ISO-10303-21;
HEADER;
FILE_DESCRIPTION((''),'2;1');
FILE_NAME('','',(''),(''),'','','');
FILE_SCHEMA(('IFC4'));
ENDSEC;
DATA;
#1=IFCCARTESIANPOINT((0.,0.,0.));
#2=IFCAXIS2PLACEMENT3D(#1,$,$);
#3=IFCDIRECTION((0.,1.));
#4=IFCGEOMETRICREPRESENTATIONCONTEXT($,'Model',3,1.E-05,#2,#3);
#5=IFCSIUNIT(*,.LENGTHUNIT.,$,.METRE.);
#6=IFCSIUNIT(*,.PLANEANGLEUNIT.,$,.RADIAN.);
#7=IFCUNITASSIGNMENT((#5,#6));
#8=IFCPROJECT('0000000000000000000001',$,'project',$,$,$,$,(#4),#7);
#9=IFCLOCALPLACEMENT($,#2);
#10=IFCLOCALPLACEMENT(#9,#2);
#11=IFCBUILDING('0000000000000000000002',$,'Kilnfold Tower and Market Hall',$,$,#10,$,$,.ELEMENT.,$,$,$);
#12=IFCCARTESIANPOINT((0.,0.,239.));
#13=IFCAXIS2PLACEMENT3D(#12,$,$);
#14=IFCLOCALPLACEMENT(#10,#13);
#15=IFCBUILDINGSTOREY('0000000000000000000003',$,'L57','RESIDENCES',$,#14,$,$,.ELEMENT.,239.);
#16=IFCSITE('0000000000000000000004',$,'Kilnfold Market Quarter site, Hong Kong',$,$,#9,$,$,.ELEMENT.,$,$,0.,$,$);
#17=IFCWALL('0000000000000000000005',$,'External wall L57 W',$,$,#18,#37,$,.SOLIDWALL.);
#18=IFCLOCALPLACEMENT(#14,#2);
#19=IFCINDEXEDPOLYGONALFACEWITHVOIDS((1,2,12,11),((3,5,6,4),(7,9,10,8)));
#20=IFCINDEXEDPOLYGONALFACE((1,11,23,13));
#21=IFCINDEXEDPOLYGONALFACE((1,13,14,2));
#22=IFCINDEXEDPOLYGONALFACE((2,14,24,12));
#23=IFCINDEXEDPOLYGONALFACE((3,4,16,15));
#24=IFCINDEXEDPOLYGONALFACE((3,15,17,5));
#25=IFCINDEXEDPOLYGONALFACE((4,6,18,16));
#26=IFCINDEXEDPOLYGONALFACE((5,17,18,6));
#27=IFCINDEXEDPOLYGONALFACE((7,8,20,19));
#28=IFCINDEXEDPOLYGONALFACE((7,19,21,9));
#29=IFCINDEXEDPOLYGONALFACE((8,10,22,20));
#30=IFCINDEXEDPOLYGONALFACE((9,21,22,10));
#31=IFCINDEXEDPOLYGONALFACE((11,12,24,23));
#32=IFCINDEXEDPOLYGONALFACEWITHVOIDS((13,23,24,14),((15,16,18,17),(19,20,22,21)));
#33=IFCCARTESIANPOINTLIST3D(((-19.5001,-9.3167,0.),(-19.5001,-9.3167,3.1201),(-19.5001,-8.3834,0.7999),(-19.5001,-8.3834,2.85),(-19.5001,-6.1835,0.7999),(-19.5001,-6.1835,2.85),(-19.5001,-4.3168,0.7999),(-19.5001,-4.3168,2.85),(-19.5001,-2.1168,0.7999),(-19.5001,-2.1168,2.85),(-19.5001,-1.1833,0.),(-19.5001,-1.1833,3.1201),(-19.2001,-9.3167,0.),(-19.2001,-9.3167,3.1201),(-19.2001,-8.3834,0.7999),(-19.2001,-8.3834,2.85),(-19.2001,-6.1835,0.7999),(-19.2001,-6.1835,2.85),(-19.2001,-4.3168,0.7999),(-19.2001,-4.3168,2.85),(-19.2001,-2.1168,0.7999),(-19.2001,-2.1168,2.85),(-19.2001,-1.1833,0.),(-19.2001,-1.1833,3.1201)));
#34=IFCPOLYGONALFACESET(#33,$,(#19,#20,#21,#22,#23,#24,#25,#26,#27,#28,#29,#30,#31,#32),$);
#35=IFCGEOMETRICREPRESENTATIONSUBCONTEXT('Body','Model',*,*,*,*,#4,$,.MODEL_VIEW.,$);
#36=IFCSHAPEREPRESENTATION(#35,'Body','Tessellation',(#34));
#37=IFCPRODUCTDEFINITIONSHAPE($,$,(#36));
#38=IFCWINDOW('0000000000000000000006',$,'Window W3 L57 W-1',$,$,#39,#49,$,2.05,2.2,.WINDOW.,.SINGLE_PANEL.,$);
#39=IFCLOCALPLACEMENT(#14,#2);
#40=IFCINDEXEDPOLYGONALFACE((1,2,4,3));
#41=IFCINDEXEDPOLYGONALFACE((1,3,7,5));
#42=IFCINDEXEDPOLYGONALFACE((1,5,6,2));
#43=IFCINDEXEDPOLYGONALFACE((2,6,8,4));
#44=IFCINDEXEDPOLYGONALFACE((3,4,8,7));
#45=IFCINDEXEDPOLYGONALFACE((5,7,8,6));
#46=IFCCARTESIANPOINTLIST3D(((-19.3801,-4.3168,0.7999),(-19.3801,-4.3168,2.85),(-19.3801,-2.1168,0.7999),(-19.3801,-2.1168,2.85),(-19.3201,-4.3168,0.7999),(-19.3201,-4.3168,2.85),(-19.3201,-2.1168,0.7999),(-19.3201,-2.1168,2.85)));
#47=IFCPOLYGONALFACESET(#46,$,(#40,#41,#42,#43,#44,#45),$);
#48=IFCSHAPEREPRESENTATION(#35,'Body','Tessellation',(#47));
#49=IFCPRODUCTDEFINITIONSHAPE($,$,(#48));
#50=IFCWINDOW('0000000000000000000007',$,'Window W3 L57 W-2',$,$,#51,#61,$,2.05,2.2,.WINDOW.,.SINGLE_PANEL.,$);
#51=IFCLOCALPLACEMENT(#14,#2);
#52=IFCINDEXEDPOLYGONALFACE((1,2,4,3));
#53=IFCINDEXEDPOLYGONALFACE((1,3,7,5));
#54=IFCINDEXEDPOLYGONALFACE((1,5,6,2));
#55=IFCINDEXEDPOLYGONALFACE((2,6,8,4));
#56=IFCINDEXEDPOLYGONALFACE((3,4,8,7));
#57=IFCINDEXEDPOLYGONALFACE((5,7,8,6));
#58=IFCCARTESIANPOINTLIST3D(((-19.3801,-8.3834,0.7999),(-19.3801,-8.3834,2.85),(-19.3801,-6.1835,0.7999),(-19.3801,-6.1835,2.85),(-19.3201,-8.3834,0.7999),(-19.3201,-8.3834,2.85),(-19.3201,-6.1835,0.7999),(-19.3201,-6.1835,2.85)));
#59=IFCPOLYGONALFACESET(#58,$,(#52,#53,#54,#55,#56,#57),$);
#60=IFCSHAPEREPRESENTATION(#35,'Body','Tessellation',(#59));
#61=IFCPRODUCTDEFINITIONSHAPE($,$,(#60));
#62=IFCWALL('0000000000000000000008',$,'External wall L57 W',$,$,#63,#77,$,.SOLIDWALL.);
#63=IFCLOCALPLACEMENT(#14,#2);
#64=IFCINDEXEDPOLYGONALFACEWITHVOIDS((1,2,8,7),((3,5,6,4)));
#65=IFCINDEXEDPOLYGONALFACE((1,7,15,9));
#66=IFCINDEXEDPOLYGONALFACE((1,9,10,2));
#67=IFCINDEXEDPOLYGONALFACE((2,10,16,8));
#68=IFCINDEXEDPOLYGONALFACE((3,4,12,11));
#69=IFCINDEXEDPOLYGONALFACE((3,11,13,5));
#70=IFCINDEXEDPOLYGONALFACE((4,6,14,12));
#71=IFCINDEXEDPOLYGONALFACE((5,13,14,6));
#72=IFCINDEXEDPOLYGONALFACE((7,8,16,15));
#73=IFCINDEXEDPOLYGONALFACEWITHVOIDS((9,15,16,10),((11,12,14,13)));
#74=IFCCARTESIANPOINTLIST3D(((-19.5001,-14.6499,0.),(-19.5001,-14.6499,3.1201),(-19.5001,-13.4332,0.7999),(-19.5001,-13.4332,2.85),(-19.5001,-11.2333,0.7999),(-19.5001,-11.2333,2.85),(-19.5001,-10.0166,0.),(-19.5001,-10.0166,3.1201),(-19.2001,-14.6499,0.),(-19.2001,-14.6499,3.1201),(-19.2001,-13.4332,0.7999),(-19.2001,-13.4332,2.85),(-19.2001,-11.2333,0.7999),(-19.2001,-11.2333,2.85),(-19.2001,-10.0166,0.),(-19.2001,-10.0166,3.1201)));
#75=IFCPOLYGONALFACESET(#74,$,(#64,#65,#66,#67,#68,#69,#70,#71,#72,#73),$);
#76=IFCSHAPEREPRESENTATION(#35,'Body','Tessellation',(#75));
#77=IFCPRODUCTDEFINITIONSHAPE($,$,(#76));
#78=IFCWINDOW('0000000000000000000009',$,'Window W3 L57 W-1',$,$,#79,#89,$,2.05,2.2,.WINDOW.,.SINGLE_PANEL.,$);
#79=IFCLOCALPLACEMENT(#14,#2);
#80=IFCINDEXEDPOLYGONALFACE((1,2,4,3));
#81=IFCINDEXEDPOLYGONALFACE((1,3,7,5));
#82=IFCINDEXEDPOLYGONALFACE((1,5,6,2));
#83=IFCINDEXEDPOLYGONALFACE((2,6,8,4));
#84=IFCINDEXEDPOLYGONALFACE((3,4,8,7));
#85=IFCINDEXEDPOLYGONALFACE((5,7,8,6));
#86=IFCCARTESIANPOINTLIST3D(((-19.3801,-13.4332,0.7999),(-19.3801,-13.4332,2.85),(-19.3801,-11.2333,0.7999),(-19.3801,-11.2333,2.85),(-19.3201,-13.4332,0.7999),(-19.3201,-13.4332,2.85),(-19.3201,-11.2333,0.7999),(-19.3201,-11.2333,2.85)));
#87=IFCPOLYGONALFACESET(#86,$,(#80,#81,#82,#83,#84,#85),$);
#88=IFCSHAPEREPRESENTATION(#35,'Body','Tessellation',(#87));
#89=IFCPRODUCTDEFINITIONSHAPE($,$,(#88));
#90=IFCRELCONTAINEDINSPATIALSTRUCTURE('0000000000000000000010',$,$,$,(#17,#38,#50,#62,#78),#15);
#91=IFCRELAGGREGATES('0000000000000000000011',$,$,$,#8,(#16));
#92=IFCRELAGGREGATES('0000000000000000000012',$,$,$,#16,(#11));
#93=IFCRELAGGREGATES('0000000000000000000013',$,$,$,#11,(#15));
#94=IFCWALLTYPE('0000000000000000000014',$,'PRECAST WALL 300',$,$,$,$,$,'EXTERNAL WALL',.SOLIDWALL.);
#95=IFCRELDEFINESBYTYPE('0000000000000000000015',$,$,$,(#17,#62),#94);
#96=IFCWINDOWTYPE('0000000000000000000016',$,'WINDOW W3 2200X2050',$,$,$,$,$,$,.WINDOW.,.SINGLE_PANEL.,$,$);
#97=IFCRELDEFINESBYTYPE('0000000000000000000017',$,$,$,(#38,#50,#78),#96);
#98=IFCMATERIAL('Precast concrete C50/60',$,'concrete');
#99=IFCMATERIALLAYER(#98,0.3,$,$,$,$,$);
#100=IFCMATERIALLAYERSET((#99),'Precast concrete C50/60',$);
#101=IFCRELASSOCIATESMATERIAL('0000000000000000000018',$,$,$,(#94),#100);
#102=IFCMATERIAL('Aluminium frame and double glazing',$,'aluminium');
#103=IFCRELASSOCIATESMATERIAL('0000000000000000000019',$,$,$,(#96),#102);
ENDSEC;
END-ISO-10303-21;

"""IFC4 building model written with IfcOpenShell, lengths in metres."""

from ifc_helpers import new_model, si_unit, direction, frame, frame_2d, origin, place, context, subcontext, project, spatial, rectangle, extrude, source, transform, mapped, material, layer, layer_set, type_object, element, fill, save


model = new_model("IFC4")

# Units and contexts
model_context = context("Model", 3, precision=1e-05, world=origin(), true_north=direction((0.0, 1.0)))
body_context = subcontext(model_context, "Body", "Model", "MODEL_VIEW")
ifc_project = project(units=[si_unit("LENGTHUNIT", "METRE"), si_unit("PLANEANGLEUNIT", "RADIAN")], contexts=[model_context])

# Site, building, storey
site_placement = place(None, origin())
site = spatial("IfcSite", under=ifc_project, at=site_placement, Name="Kilnfold Market Quarter site, Hong Kong", CompositionType="ELEMENT", RefElevation=0.0)
building_placement = place(site_placement, origin())
building = spatial("IfcBuilding", under=site, at=building_placement, Name="Kilnfold Tower and Market Hall", CompositionType="ELEMENT")
storey_placement = place(building_placement, frame((0.0, 0.0, 239.0)))
storey = spatial("IfcBuildingStorey", under=building, at=storey_placement, Name="L57", Description="RESIDENCES", CompositionType="ELEMENT", Elevation=239.0)

# Wall, openings, windows
ifc_material_1 = material(Name="Precast concrete C50/60", Category="concrete")
ifc_layer_1 = layer(ifc_material_1, 0.3)
ifc_layer_set_1 = layer_set([ifc_layer_1], Name="Precast concrete C50/60")
wall_type_1 = type_object("IfcWallType", Name="PRECAST WALL 300", ElementType="EXTERNAL WALL", PredefinedType="SOLIDWALL", material=ifc_layer_set_1)
shared_shape_1 = source(origin(), body_context, "Body", "SweptSolid", [
    extrude(rectangle(XDim=8.1333, YDim=0.3, at=frame_2d((4.0667, 0.0))), origin(), (0.0, 0.0, 1.0), 3.1201),
])
wall_1_placement = place(storey_placement, frame((-19.3501, -1.1833, 0.0), z_axis=(0.0, 0.0, 1.0), x_axis=(0.0, -1.0, 0.0)))
wall_1 = element("IfcWall", 1, at=wall_1_placement, inside=storey, type_object=wall_type_1, Name="External wall L57 W", PredefinedType="SOLIDWALL", context=body_context, shape_type="MappedRepresentation", body=[
    mapped(shared_shape_1, transform((0.0, 0.0, 0.0))),
])
opening_1_placement = place(wall_1_placement, frame((0.9333, 0.0, 0.8)))
opening_1 = element("IfcOpeningElement", 2, at=opening_1_placement, cuts=wall_1, PredefinedType="OPENING", context=body_context, shape_type="SweptSolid", body=[
    extrude(rectangle(XDim=2.2, YDim=2.05, at=frame_2d((1.1001, 1.0249))), frame((0.0, 0.1602, 0.0), z_axis=(0.0, -1.0, 0.0), x_axis=(1.0, 0.0, 0.0)), (0.0, 0.0, 1.0), 0.3201),
])
opening_2_placement = place(wall_1_placement, frame((5.0, 0.0, 0.8)))
opening_2 = element("IfcOpeningElement", 3, at=opening_2_placement, cuts=wall_1, PredefinedType="OPENING", context=body_context, shape_type="SweptSolid", body=[
    extrude(rectangle(XDim=2.2, YDim=2.05, at=frame_2d((1.1001, 1.0249))), frame((0.0, 0.1602, 0.0), z_axis=(0.0, -1.0, 0.0), x_axis=(1.0, 0.0, 0.0)), (0.0, 0.0, 1.0), 0.3201),
])
ifc_material_2 = material(Name="Aluminium frame and double glazing", Category="aluminium")
window_type = type_object("IfcWindowType", Name="WINDOW W3 2200X2050", PartitioningType="SINGLE_PANEL", PredefinedType="WINDOW", material=ifc_material_2)
window_1_placement = place(opening_1_placement, origin())
window_1 = element("IfcWindow", 4, at=window_1_placement, inside=storey, type_object=window_type, Name="Window W3 L57 W-1", OverallHeight=2.05, OverallWidth=2.2, PartitioningType="SINGLE_PANEL", PredefinedType="WINDOW", context=body_context, shape_type="SweptSolid", body=[
    extrude(rectangle(XDim=2.2, YDim=2.05, at=frame_2d((1.1001, 1.0249))), frame((0.0, 0.03, 0.0), z_axis=(0.0, -1.0, 0.0), x_axis=(1.0, 0.0, 0.0)), (0.0, 0.0, 1.0), 0.0601),
])
fill(opening_1, window_1)
window_2_placement = place(opening_2_placement, origin())
window_2 = element("IfcWindow", 5, at=window_2_placement, inside=storey, type_object=window_type, Name="Window W3 L57 W-2", OverallHeight=2.05, OverallWidth=2.2, PartitioningType="SINGLE_PANEL", PredefinedType="WINDOW", context=body_context, shape_type="SweptSolid", body=[
    extrude(rectangle(XDim=2.2, YDim=2.05, at=frame_2d((1.1001, 1.0249))), frame((0.0, 0.03, 0.0), z_axis=(0.0, -1.0, 0.0), x_axis=(1.0, 0.0, 0.0)), (0.0, 0.0, 1.0), 0.0601),
])
fill(opening_2, window_2)

# Wall, opening, window
shared_shape_2 = source(origin(), body_context, "Body", "SweptSolid", [
    extrude(rectangle(XDim=4.6333, YDim=0.3, at=frame_2d((2.3167, 0.0))), origin(), (0.0, 0.0, 1.0), 3.1201),
])
wall_2_placement = place(storey_placement, frame((-19.3501, -10.0166, 0.0), z_axis=(0.0, 0.0, 1.0), x_axis=(0.0, -1.0, 0.0)))
wall_2 = element("IfcWall", 6, at=wall_2_placement, inside=storey, type_object=wall_type_1, Name="External wall L57 W", PredefinedType="SOLIDWALL", context=body_context, shape_type="MappedRepresentation", body=[
    mapped(shared_shape_2, transform((0.0, 0.0, 0.0))),
])
opening_3_placement = place(wall_2_placement, frame((1.2166, 0.0, 0.8)))
opening_3 = element("IfcOpeningElement", 7, at=opening_3_placement, cuts=wall_2, PredefinedType="OPENING", context=body_context, shape_type="SweptSolid", body=[
    extrude(rectangle(XDim=2.2, YDim=2.05, at=frame_2d((1.1001, 1.0249))), frame((0.0, 0.1602, 0.0), z_axis=(0.0, -1.0, 0.0), x_axis=(1.0, 0.0, 0.0)), (0.0, 0.0, 1.0), 0.3201),
])
window_3_placement = place(opening_3_placement, origin())
window_3 = element("IfcWindow", 8, at=window_3_placement, inside=storey, type_object=window_type, Name="Window W3 L57 W-1", OverallHeight=2.05, OverallWidth=2.2, PartitioningType="SINGLE_PANEL", PredefinedType="WINDOW", context=body_context, shape_type="SweptSolid", body=[
    extrude(rectangle(XDim=2.2, YDim=2.05, at=frame_2d((1.1001, 1.0249))), frame((0.0, 0.03, 0.0), z_axis=(0.0, -1.0, 0.0), x_axis=(1.0, 0.0, 0.0)), (0.0, 0.0, 1.0), 0.0601),
])
fill(opening_3, window_3)

save(model, "model.ifc")
